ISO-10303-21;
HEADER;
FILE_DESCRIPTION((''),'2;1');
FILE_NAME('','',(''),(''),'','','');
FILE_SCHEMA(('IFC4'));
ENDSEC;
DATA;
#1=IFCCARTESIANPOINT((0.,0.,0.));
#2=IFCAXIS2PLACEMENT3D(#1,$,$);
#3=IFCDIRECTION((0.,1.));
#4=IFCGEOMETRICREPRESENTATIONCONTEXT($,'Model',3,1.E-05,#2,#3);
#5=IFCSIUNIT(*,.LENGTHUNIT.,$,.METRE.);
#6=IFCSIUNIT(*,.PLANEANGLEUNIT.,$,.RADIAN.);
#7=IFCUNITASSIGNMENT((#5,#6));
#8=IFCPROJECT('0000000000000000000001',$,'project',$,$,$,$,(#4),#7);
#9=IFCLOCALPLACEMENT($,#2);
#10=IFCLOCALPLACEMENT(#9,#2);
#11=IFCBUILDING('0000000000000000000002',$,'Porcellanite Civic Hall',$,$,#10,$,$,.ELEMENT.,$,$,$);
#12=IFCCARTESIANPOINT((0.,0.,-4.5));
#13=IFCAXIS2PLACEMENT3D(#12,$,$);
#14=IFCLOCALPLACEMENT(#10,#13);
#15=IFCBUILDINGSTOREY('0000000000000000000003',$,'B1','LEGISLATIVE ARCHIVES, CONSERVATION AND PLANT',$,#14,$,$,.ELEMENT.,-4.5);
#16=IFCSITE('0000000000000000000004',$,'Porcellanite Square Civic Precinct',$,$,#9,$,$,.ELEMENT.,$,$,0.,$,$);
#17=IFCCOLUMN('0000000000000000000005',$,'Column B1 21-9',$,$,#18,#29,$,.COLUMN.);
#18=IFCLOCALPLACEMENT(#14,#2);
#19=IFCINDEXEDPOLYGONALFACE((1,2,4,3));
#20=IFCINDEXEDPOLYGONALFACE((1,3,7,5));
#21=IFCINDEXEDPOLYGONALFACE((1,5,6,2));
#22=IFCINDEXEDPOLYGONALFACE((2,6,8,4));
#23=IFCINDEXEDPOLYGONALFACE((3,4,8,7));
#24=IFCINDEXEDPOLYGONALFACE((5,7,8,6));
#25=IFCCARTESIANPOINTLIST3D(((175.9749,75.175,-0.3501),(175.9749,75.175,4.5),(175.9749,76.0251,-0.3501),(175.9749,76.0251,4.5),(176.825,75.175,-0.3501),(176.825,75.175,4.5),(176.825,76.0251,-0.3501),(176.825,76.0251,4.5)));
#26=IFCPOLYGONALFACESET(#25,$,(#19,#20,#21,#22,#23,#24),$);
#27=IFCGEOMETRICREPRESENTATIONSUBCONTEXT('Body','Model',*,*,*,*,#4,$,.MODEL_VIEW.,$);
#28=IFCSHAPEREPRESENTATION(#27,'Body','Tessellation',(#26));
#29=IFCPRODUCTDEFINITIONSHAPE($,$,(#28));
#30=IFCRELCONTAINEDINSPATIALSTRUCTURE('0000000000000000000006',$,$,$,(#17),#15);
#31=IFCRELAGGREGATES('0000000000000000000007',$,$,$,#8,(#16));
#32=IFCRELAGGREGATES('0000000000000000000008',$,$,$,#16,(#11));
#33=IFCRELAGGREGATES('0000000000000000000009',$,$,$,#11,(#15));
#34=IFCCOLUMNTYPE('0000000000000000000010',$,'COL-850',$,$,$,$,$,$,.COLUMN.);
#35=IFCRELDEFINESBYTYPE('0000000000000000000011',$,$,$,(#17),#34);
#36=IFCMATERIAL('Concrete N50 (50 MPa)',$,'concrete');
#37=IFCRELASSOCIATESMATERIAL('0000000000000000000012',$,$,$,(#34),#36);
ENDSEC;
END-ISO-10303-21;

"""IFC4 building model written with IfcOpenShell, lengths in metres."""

from ifc_helpers import new_model, si_unit, direction, frame, origin, origin_2d, place, context, subcontext, project, spatial, rectangle, extrude, material, material_profile, profile_set, type_object, element, save


model = new_model("IFC4")

# Units and contexts
model_context = context("Model", 3, precision=1e-05, world=origin(), true_north=direction((0.0, 1.0)))
body_context = subcontext(model_context, "Body", "Model", "MODEL_VIEW")
ifc_project = project(units=[si_unit("LENGTHUNIT", "METRE"), si_unit("PLANEANGLEUNIT", "RADIAN")], contexts=[model_context])

# Site, building, storey
site_placement = place(None, origin())
site = spatial("IfcSite", under=ifc_project, at=site_placement, Name="Porcellanite Square Civic Precinct", CompositionType="ELEMENT", RefElevation=0.0)
building_placement = place(site_placement, origin())
building = spatial("IfcBuilding", under=site, at=building_placement, Name="Porcellanite Civic Hall", CompositionType="ELEMENT")
storey_placement = place(building_placement, frame((0.0, 0.0, -4.5)))
storey = spatial("IfcBuildingStorey", under=building, at=storey_placement, Name="B1", Description="LEGISLATIVE ARCHIVES, CONSERVATION AND PLANT", CompositionType="ELEMENT", Elevation=-4.5)

# Column
ifc_material_1 = material(Name="Concrete N50 (50 MPa)", Category="concrete")
ifc_material_profile_1 = material_profile(ifc_material_1, rectangle(XDim=0.8501, YDim=0.8501, at=origin_2d()), Name="RC-850x850")
ifc_profile_set_1 = profile_set([ifc_material_profile_1], Name="Concrete N50 (50 MPa)")
column_type = type_object("IfcColumnType", Name="COL-850", PredefinedType="COLUMN", material=ifc_profile_set_1)
for number, where, z_axis, x_axis, name in (
    (1, (176.3999, 75.6001, -0.3501), (0.0, 0.0, 1.0), (1.0, 0.0, 0.0), "Column B1 21-9"),
):
    element("IfcColumn", number, at=place(storey_placement, frame(where, z_axis=z_axis, x_axis=x_axis)), inside=storey, type_object=column_type, Name=name, PredefinedType="COLUMN", context=body_context, shape_type="SweptSolid", body=[
        extrude(rectangle(XDim=0.8501, YDim=0.8501, at=origin_2d()), origin(), (0.0, 0.0, 1.0), 4.8501),
    ])

save(model, "model.ifc")
